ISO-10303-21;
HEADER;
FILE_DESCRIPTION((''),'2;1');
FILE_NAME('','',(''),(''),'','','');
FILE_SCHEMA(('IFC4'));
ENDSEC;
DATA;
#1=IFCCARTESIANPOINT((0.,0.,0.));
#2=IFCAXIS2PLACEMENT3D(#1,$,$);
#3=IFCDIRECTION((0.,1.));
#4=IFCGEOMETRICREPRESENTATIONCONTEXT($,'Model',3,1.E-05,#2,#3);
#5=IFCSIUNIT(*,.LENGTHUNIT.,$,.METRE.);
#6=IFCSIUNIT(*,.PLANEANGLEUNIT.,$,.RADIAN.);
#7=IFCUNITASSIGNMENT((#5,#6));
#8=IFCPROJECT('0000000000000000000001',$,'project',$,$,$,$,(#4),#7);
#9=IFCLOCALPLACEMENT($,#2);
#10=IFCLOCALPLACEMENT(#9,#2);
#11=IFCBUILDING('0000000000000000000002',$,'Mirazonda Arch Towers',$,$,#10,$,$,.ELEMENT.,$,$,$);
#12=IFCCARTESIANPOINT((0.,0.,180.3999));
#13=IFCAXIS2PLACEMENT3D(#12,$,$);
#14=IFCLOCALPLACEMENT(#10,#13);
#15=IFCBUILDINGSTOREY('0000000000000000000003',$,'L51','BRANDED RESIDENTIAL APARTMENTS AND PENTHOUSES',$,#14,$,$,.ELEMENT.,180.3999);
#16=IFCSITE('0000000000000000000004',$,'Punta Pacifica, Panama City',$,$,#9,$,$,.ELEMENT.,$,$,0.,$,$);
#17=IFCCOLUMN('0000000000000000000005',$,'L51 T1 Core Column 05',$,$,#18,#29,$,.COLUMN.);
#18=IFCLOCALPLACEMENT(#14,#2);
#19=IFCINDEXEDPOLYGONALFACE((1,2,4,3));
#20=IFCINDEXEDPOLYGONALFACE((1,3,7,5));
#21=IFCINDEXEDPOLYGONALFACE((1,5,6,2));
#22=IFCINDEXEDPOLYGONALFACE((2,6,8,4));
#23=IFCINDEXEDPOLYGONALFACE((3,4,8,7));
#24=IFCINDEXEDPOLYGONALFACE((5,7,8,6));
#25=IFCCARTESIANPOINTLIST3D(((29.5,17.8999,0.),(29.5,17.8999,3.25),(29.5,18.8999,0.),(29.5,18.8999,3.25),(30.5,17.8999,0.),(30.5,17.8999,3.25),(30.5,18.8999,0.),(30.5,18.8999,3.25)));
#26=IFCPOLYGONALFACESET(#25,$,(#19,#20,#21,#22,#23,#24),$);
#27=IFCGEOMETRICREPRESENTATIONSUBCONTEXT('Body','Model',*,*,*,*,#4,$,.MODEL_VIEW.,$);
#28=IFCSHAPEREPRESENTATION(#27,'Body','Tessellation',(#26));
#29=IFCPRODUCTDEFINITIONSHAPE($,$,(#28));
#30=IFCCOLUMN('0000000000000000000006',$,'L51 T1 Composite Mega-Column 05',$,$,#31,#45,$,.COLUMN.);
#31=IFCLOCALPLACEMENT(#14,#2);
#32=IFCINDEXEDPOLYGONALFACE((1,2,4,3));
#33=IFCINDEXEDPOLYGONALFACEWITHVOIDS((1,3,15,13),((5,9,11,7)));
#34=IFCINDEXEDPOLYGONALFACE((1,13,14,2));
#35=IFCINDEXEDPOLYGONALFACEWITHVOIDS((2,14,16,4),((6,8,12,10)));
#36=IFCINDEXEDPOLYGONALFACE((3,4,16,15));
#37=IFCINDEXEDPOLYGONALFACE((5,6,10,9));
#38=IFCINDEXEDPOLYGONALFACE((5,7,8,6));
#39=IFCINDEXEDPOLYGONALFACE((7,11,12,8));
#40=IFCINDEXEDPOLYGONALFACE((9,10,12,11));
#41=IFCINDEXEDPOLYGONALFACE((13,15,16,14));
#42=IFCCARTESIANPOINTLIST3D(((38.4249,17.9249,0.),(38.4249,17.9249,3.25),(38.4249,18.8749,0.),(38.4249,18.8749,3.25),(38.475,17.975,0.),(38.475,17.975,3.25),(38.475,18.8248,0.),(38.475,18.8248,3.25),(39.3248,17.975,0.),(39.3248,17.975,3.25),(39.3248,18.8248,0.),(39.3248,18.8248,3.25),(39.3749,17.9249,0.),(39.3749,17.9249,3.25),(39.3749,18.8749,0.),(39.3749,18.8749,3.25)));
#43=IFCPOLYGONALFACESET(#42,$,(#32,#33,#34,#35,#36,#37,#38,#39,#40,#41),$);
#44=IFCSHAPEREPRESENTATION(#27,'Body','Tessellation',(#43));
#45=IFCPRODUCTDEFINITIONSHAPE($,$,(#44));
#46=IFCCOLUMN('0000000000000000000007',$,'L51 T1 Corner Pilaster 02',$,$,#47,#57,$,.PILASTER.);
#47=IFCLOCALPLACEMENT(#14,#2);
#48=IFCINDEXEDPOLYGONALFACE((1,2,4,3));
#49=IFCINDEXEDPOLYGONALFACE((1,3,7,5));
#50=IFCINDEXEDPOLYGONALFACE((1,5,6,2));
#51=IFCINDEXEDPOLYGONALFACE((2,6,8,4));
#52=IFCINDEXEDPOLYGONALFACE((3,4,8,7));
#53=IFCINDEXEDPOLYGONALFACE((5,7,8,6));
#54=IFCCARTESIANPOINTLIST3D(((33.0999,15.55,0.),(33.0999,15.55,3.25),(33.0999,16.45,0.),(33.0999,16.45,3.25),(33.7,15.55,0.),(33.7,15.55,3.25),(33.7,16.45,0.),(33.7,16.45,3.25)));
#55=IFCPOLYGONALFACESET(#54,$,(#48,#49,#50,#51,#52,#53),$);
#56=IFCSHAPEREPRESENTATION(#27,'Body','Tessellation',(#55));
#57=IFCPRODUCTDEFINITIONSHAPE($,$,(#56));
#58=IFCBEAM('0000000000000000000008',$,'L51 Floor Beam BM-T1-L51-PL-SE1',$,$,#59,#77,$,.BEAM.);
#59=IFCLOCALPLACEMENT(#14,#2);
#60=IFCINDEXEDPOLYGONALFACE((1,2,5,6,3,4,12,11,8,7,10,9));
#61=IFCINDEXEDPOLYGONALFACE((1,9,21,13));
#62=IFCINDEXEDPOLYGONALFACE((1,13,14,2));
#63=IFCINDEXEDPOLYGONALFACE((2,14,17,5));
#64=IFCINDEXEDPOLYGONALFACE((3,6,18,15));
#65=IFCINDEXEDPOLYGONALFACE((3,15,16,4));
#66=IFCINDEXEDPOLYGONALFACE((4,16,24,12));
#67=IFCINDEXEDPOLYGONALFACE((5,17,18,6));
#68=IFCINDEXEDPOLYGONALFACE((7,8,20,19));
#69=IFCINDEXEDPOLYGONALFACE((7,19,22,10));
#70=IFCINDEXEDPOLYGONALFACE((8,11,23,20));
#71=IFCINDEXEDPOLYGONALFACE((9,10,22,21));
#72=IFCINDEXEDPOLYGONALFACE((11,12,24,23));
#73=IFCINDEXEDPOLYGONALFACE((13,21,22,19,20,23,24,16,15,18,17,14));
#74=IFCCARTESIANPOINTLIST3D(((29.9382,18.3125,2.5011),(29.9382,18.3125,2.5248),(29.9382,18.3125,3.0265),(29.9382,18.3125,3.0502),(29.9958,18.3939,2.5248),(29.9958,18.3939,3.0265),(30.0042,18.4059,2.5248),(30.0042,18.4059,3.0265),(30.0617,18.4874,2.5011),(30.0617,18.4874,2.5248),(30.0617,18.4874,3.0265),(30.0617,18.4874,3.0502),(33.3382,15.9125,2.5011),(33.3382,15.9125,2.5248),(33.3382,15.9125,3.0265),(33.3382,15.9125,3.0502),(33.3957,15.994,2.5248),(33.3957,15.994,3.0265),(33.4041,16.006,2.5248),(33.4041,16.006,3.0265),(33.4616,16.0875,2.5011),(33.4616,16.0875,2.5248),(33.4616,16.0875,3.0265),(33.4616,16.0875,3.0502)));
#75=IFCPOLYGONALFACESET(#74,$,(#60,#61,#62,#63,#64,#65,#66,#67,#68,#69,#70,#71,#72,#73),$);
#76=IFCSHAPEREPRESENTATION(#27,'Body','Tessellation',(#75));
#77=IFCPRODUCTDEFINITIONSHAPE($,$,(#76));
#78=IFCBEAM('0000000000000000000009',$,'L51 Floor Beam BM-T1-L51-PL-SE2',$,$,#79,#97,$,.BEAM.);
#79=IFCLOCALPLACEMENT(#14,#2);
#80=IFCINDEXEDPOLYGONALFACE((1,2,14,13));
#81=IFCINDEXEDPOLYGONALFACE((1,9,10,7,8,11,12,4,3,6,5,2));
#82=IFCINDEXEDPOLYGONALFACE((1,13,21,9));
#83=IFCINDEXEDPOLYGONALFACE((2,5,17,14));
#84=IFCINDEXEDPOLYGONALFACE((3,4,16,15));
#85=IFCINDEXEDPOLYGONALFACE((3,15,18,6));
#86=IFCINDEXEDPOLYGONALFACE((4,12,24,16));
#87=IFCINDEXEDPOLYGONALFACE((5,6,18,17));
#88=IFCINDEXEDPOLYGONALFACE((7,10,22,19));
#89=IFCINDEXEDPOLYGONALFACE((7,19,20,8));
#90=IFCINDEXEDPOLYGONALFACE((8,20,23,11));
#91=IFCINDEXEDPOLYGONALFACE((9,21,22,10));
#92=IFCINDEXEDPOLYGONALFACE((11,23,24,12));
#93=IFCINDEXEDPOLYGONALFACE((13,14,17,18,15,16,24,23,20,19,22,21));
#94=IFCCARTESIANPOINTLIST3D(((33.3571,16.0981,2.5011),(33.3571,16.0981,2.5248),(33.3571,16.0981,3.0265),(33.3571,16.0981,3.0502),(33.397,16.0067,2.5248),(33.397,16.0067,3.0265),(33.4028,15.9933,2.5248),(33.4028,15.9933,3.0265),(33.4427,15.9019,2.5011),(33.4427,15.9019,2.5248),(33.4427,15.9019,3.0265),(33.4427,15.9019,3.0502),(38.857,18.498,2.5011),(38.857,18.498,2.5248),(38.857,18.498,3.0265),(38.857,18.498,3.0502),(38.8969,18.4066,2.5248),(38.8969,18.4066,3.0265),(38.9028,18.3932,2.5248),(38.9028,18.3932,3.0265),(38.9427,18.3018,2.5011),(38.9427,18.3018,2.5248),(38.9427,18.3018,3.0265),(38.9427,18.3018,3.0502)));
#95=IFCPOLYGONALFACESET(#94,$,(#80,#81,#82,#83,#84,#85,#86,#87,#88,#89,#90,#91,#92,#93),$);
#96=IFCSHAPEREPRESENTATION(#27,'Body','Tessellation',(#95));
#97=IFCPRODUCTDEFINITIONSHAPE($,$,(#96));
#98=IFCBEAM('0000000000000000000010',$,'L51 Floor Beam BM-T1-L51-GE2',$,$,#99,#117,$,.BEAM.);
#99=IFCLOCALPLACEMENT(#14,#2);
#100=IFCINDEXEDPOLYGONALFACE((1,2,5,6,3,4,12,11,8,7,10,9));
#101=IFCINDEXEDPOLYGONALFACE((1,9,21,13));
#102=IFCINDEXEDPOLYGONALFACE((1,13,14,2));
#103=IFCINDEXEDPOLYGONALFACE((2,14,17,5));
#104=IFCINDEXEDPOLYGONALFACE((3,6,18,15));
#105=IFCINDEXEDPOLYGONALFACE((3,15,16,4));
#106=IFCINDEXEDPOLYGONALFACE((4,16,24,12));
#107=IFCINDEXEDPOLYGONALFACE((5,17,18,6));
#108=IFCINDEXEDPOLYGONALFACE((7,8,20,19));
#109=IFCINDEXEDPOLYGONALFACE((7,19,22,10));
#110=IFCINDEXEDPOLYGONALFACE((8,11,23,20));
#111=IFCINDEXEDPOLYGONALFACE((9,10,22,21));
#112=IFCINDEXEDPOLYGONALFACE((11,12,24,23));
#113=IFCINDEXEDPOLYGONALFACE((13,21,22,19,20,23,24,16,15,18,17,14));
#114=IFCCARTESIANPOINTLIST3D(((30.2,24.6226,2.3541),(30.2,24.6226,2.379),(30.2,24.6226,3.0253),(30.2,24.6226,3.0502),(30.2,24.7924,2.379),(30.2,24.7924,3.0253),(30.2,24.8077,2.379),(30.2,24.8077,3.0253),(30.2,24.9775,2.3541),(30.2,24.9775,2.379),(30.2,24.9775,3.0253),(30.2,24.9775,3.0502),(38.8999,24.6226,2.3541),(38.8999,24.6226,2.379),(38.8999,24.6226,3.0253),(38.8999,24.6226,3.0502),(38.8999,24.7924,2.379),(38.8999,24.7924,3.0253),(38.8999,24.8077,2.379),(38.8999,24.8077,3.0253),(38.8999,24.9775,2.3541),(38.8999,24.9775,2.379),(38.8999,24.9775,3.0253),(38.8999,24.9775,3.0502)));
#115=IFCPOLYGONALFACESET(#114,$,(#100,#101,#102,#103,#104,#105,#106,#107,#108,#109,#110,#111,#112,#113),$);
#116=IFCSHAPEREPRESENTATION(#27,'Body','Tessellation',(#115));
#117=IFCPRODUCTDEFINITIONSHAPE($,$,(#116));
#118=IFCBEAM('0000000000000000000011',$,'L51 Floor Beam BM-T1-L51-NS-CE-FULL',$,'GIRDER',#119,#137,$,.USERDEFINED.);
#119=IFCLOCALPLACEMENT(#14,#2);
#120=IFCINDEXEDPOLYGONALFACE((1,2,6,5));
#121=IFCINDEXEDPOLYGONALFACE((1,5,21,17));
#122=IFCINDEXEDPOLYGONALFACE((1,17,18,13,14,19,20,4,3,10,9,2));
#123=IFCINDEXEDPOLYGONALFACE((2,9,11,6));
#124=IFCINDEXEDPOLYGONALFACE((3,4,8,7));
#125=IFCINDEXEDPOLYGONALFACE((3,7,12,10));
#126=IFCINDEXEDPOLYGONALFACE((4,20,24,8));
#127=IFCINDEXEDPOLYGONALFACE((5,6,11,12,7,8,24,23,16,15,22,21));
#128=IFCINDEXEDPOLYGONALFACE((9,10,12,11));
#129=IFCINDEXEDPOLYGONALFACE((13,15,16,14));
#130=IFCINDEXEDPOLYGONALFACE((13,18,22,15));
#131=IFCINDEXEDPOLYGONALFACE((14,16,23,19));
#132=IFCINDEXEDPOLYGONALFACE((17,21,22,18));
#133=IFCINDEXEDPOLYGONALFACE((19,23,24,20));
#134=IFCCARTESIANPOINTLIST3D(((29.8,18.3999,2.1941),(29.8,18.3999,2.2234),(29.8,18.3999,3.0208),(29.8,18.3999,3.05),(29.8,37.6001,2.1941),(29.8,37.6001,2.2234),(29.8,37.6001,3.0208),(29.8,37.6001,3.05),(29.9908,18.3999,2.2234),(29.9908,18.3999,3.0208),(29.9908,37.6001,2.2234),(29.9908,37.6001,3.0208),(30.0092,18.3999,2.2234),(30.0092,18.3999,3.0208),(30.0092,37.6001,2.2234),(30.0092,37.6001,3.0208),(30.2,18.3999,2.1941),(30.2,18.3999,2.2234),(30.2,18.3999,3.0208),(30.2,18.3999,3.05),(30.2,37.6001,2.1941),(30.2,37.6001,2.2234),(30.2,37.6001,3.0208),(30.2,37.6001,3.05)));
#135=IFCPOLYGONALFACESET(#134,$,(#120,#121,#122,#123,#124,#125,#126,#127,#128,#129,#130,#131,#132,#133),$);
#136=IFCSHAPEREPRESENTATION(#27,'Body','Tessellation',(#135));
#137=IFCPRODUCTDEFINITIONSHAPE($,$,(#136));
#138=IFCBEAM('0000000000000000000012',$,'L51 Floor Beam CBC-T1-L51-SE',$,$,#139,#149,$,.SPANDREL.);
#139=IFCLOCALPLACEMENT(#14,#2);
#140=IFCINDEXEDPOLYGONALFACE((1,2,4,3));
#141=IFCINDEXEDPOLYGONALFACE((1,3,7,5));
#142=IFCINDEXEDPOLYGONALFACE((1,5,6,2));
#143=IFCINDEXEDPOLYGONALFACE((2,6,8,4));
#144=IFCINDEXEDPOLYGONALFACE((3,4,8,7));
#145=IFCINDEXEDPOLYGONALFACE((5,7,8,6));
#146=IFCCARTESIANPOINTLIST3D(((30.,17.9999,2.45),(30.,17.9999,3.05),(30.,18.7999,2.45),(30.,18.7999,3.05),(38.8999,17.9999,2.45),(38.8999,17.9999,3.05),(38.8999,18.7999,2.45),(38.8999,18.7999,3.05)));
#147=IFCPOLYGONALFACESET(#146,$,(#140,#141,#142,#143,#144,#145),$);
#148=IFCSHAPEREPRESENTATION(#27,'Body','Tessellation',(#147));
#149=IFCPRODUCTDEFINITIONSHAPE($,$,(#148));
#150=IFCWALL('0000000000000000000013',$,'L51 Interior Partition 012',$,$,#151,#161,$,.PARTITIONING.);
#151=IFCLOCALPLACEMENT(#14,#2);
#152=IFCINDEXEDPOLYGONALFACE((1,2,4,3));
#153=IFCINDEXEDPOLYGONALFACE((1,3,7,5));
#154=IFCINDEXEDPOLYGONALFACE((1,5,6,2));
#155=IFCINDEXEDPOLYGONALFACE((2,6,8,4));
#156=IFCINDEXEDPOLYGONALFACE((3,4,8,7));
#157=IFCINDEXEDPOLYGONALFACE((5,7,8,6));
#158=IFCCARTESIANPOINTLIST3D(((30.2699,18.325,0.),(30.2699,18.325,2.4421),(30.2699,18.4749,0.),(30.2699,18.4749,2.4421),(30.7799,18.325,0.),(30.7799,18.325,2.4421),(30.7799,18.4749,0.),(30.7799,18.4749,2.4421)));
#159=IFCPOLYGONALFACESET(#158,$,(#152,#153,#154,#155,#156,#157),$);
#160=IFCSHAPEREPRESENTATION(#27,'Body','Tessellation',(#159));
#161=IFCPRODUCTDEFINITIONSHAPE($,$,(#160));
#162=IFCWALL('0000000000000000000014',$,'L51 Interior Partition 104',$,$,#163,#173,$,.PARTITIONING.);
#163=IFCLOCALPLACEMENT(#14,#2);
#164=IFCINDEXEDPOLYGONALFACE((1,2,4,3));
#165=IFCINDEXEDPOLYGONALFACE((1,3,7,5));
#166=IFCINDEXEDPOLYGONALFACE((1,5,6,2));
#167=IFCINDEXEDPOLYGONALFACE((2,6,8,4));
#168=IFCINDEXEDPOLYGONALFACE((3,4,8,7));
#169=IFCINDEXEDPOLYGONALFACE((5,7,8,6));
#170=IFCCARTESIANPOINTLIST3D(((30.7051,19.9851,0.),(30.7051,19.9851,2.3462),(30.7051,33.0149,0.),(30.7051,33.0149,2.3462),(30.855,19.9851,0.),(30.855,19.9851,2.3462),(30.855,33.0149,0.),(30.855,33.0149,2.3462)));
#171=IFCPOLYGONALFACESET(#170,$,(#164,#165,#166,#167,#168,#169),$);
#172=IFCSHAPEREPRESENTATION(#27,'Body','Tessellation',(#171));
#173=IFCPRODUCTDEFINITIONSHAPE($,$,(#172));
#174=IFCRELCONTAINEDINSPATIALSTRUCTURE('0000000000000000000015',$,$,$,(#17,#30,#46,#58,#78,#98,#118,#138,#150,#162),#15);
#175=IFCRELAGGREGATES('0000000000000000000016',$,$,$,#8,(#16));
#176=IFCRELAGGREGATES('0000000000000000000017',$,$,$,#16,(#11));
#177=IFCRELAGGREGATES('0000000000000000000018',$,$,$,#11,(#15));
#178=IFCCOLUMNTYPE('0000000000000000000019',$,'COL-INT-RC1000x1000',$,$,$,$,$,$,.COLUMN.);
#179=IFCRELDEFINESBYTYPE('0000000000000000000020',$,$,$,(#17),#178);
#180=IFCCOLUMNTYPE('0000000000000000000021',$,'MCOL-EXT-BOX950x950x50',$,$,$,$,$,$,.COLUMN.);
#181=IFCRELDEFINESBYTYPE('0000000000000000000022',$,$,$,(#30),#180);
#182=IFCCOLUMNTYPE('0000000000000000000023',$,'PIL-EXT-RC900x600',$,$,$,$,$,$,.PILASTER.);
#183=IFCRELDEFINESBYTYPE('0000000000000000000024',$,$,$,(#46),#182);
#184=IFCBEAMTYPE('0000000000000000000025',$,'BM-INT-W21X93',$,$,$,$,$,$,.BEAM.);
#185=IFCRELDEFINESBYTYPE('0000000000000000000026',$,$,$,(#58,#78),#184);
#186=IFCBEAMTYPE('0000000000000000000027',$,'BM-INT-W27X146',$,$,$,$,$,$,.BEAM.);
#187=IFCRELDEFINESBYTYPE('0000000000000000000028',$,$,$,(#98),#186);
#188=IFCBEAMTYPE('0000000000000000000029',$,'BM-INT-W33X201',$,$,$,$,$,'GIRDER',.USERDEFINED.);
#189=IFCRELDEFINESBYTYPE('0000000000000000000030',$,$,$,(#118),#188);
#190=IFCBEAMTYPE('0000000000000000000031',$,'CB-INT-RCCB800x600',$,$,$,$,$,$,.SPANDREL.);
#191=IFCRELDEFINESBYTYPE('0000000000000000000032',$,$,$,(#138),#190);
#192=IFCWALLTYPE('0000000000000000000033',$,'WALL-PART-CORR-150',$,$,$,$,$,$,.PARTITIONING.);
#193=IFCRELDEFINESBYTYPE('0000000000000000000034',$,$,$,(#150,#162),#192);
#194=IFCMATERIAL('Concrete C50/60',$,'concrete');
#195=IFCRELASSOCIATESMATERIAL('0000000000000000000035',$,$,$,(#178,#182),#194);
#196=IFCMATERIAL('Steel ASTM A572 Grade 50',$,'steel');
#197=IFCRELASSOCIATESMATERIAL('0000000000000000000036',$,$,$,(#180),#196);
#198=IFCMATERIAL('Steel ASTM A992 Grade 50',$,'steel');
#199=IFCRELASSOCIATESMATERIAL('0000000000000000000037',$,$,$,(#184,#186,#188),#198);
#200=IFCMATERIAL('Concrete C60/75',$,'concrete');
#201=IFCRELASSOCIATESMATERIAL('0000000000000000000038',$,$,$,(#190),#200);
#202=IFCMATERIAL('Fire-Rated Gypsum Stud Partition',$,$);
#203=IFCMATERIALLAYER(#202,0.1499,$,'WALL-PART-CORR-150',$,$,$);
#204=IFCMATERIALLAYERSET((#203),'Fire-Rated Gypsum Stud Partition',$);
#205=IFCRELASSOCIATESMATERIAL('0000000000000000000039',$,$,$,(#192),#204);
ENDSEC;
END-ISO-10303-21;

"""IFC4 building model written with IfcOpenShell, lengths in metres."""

from ifc_helpers import new_model, si_unit, direction, frame, frame_2d, origin, origin_2d, place, context, subcontext, project, spatial, rectangle, hollow_rectangle, i_section, extrude, material, layer, layer_set, material_profile, profile_set, type_object, element, save


model = new_model("IFC4")

# Units and contexts
model_context = context("Model", 3, precision=1e-05, world=origin(), true_north=direction((0.0, 1.0)))
body_context = subcontext(model_context, "Body", "Model", "MODEL_VIEW")
ifc_project = project(units=[si_unit("LENGTHUNIT", "METRE"), si_unit("PLANEANGLEUNIT", "RADIAN")], contexts=[model_context])

# Site, building, storey
site_placement = place(None, origin())
site = spatial("IfcSite", under=ifc_project, at=site_placement, Name="Punta Pacifica, Panama City", CompositionType="ELEMENT", RefElevation=0.0)
building_placement = place(site_placement, origin())
building = spatial("IfcBuilding", under=site, at=building_placement, Name="Mirazonda Arch Towers", CompositionType="ELEMENT")
storey_placement = place(building_placement, frame((0.0, 0.0, 180.3999)))
storey = spatial("IfcBuildingStorey", under=building, at=storey_placement, Name="L51", Description="BRANDED RESIDENTIAL APARTMENTS AND PENTHOUSES", CompositionType="ELEMENT", Elevation=180.3999)

# Columns
ifc_material_1 = material(Name="Concrete C50/60", Category="concrete")
ifc_material_profile_1 = material_profile(ifc_material_1, rectangle(XDim=1.0, YDim=1.0, at=origin_2d()), Name="RC1000x1000")
ifc_profile_set_1 = profile_set([ifc_material_profile_1], Name="Concrete C50/60")
column_type_1 = type_object("IfcColumnType", Name="COL-INT-RC1000x1000", PredefinedType="COLUMN", material=ifc_profile_set_1)
column_1_placement = place(storey_placement, frame((30.0, 18.3999, 0.0), z_axis=(0.0, 0.0, 1.0), x_axis=(1.0, 0.0, 0.0)))
element("IfcColumn", 1, at=column_1_placement, inside=storey, type_object=column_type_1, Name="L51 T1 Core Column 05", PredefinedType="COLUMN", context=body_context, shape_type="SweptSolid", body=[
    extrude(rectangle(XDim=1.0, YDim=1.0, at=origin_2d()), origin(), (0.0, 0.0, 1.0), 3.25),
])
ifc_material_2 = material(Name="Steel ASTM A572 Grade 50", Category="steel")
ifc_material_profile_2 = material_profile(ifc_material_2, hollow_rectangle(XDim=0.95, YDim=0.95, WallThickness=0.05, at=origin_2d()), Name="BOX950x950x50")
ifc_profile_set_2 = profile_set([ifc_material_profile_2], Name="Steel ASTM A572 Grade 50")
column_type_2 = type_object("IfcColumnType", Name="MCOL-EXT-BOX950x950x50", PredefinedType="COLUMN", material=ifc_profile_set_2)
column_2_placement = place(storey_placement, frame((38.8999, 18.3999, 0.0), z_axis=(0.0, 0.0, 1.0), x_axis=(1.0, 0.0, 0.0)))
element("IfcColumn", 2, at=column_2_placement, inside=storey, type_object=column_type_2, Name="L51 T1 Composite Mega-Column 05", PredefinedType="COLUMN", context=body_context, shape_type="SweptSolid", body=[
    extrude(hollow_rectangle(XDim=0.95, YDim=0.95, WallThickness=0.05, at=origin_2d()), origin(), (0.0, 0.0, 1.0), 3.25),
])
ifc_material_profile_3 = material_profile(ifc_material_1, rectangle(XDim=0.6001, YDim=0.8999, at=origin_2d()), Name="RC900x600")
ifc_profile_set_3 = profile_set([ifc_material_profile_3], Name="Concrete C50/60")
column_type_3 = type_object("IfcColumnType", Name="PIL-EXT-RC900x600", PredefinedType="PILASTER", material=ifc_profile_set_3)
column_3_placement = place(storey_placement, frame((33.3999, 16.0, 0.0), z_axis=(0.0, 0.0, 1.0), x_axis=(1.0, 0.0, 0.0)))
element("IfcColumn", 3, at=column_3_placement, inside=storey, type_object=column_type_3, Name="L51 T1 Corner Pilaster 02", PredefinedType="PILASTER", context=body_context, shape_type="SweptSolid", body=[
    extrude(rectangle(XDim=0.6001, YDim=0.8999, at=origin_2d()), origin(), (0.0, 0.0, 1.0), 3.25),
])

# Beams
ifc_material_3 = material(Name="Steel ASTM A992 Grade 50", Category="steel")
ifc_material_profile_4 = material_profile(ifc_material_3, i_section(OverallWidth=0.2141, OverallDepth=0.5491, WebThickness=0.0146, FlangeThickness=0.0237, at=origin_2d()), Name="W21X93")
ifc_profile_set_4 = profile_set([ifc_material_profile_4], Name="Steel ASTM A992 Grade 50")
beam_type_1 = type_object("IfcBeamType", Name="BM-INT-W21X93", PredefinedType="BEAM", material=ifc_profile_set_4)
beam_1_placement = place(storey_placement, frame((33.3999, 16.0, 2.7756), z_axis=(-0.816971, 0.576679, 0.0), x_axis=(-0.576679, -0.816971, 0.0)))
element("IfcBeam", 4, at=beam_1_placement, inside=storey, type_object=beam_type_1, Name="L51 Floor Beam BM-T1-L51-PL-SE1", PredefinedType="BEAM", context=body_context, shape_type="SweptSolid", body=[
    extrude(i_section(OverallWidth=0.2141, OverallDepth=0.5491, WebThickness=0.0146, FlangeThickness=0.0237, at=origin_2d()), origin(), (0.0, 0.0, 1.0), 4.1616),
])
beam_2_placement = place(storey_placement, frame((33.3999, 16.0, 2.7756), z_axis=(0.916545, 0.399931, 0.0), x_axis=(-0.399931, 0.916545, 0.0)))
element("IfcBeam", 5, at=beam_2_placement, inside=storey, type_object=beam_type_1, Name="L51 Floor Beam BM-T1-L51-PL-SE2", PredefinedType="BEAM", context=body_context, shape_type="SweptSolid", body=[
    extrude(i_section(OverallWidth=0.2141, OverallDepth=0.5491, WebThickness=0.0146, FlangeThickness=0.0237, at=origin_2d()), origin(), (0.0, 0.0, 1.0), 6.0007),
])
ifc_material_profile_5 = material_profile(ifc_material_3, i_section(OverallWidth=0.355, OverallDepth=0.696, WebThickness=0.0154, FlangeThickness=0.0249, at=origin_2d()), Name="W27X146")
ifc_profile_set_5 = profile_set([ifc_material_profile_5], Name="Steel ASTM A992 Grade 50")
beam_type_2 = type_object("IfcBeamType", Name="BM-INT-W27X146", PredefinedType="BEAM", material=ifc_profile_set_5)
beam_3_placement = place(storey_placement, frame((30.2, 24.8, 2.7021), z_axis=(1.0, 0.0, 0.0), x_axis=(0.0, 1.0, 0.0)))
element("IfcBeam", 6, at=beam_3_placement, inside=storey, type_object=beam_type_2, Name="L51 Floor Beam BM-T1-L51-GE2", PredefinedType="BEAM", context=body_context, shape_type="SweptSolid", body=[
    extrude(i_section(OverallWidth=0.355, OverallDepth=0.696, WebThickness=0.0154, FlangeThickness=0.0249, at=origin_2d()), origin(), (0.0, 0.0, 1.0), 8.7),
])
ifc_material_profile_6 = material_profile(ifc_material_3, i_section(OverallWidth=0.3999, OverallDepth=0.856, WebThickness=0.0183, FlangeThickness=0.0293, at=origin_2d()), Name="W33X201")
ifc_profile_set_6 = profile_set([ifc_material_profile_6], Name="Steel ASTM A992 Grade 50")
beam_type_3 = type_object("IfcBeamType", Name="BM-INT-W33X201", ElementType="GIRDER", PredefinedType="USERDEFINED", material=ifc_profile_set_6)
beam_4_placement = place(storey_placement, frame((30.0, 18.3999, 2.6221), z_axis=(0.0, 1.0, 0.0), x_axis=(-1.0, 0.0, 0.0)))
element("IfcBeam", 7, at=beam_4_placement, inside=storey, type_object=beam_type_3, Name="L51 Floor Beam BM-T1-L51-NS-CE-FULL", ObjectType="GIRDER", PredefinedType="USERDEFINED", context=body_context, shape_type="SweptSolid", body=[
    extrude(i_section(OverallWidth=0.3999, OverallDepth=0.856, WebThickness=0.0183, FlangeThickness=0.0293, at=origin_2d()), origin(), (0.0, 0.0, 1.0), 19.2002),
])
ifc_material_4 = material(Name="Concrete C60/75", Category="concrete")
ifc_material_profile_7 = material_profile(ifc_material_4, rectangle(XDim=0.8, YDim=0.6001, at=origin_2d()), Name="RCCB800x600")
ifc_profile_set_7 = profile_set([ifc_material_profile_7], Name="Concrete C60/75")
beam_type_4 = type_object("IfcBeamType", Name="CB-INT-RCCB800x600", PredefinedType="SPANDREL", material=ifc_profile_set_7)
beam_5_placement = place(storey_placement, frame((30.0, 18.3999, 2.75), z_axis=(1.0, 0.0, 0.0), x_axis=(0.0, 1.0, 0.0)))
element("IfcBeam", 8, at=beam_5_placement, inside=storey, type_object=beam_type_4, Name="L51 Floor Beam CBC-T1-L51-SE", PredefinedType="SPANDREL", context=body_context, shape_type="SweptSolid", body=[
    extrude(rectangle(XDim=0.8, YDim=0.6001, at=origin_2d()), origin(), (0.0, 0.0, 1.0), 8.8999),
])

# Walls
ifc_material_5 = material(Name="Fire-Rated Gypsum Stud Partition")
ifc_layer_1 = layer(ifc_material_5, 0.1499, Name="WALL-PART-CORR-150")
ifc_layer_set_1 = layer_set([ifc_layer_1], Name="Fire-Rated Gypsum Stud Partition")
wall_type_1 = type_object("IfcWallType", Name="WALL-PART-CORR-150", PredefinedType="PARTITIONING", material=ifc_layer_set_1)
wall_1_placement = place(storey_placement, frame((30.27, 18.3999, 0.0), z_axis=(0.0, 0.0, 1.0), x_axis=(1.0, 0.0, 0.0)))
element("IfcWall", 9, at=wall_1_placement, inside=storey, type_object=wall_type_1, Name="L51 Interior Partition 012", PredefinedType="PARTITIONING", context=body_context, shape_type="SweptSolid", body=[
    extrude(rectangle(XDim=0.51, YDim=0.1499, at=frame_2d((0.2549, 0.0))), origin(), (0.0, 0.0, 1.0), 2.4421),
])
wall_2_placement = place(storey_placement, frame((30.78, 19.9851, 0.0), z_axis=(0.0, 0.0, 1.0), x_axis=(0.0, 1.0, 0.0)))
element("IfcWall", 10, at=wall_2_placement, inside=storey, type_object=wall_type_1, Name="L51 Interior Partition 104", PredefinedType="PARTITIONING", context=body_context, shape_type="SweptSolid", body=[
    extrude(rectangle(XDim=13.0298, YDim=0.1499, at=frame_2d((6.5149, 0.0))), origin(), (0.0, 0.0, 1.0), 2.3462),
])

save(model, "model.ifc")
